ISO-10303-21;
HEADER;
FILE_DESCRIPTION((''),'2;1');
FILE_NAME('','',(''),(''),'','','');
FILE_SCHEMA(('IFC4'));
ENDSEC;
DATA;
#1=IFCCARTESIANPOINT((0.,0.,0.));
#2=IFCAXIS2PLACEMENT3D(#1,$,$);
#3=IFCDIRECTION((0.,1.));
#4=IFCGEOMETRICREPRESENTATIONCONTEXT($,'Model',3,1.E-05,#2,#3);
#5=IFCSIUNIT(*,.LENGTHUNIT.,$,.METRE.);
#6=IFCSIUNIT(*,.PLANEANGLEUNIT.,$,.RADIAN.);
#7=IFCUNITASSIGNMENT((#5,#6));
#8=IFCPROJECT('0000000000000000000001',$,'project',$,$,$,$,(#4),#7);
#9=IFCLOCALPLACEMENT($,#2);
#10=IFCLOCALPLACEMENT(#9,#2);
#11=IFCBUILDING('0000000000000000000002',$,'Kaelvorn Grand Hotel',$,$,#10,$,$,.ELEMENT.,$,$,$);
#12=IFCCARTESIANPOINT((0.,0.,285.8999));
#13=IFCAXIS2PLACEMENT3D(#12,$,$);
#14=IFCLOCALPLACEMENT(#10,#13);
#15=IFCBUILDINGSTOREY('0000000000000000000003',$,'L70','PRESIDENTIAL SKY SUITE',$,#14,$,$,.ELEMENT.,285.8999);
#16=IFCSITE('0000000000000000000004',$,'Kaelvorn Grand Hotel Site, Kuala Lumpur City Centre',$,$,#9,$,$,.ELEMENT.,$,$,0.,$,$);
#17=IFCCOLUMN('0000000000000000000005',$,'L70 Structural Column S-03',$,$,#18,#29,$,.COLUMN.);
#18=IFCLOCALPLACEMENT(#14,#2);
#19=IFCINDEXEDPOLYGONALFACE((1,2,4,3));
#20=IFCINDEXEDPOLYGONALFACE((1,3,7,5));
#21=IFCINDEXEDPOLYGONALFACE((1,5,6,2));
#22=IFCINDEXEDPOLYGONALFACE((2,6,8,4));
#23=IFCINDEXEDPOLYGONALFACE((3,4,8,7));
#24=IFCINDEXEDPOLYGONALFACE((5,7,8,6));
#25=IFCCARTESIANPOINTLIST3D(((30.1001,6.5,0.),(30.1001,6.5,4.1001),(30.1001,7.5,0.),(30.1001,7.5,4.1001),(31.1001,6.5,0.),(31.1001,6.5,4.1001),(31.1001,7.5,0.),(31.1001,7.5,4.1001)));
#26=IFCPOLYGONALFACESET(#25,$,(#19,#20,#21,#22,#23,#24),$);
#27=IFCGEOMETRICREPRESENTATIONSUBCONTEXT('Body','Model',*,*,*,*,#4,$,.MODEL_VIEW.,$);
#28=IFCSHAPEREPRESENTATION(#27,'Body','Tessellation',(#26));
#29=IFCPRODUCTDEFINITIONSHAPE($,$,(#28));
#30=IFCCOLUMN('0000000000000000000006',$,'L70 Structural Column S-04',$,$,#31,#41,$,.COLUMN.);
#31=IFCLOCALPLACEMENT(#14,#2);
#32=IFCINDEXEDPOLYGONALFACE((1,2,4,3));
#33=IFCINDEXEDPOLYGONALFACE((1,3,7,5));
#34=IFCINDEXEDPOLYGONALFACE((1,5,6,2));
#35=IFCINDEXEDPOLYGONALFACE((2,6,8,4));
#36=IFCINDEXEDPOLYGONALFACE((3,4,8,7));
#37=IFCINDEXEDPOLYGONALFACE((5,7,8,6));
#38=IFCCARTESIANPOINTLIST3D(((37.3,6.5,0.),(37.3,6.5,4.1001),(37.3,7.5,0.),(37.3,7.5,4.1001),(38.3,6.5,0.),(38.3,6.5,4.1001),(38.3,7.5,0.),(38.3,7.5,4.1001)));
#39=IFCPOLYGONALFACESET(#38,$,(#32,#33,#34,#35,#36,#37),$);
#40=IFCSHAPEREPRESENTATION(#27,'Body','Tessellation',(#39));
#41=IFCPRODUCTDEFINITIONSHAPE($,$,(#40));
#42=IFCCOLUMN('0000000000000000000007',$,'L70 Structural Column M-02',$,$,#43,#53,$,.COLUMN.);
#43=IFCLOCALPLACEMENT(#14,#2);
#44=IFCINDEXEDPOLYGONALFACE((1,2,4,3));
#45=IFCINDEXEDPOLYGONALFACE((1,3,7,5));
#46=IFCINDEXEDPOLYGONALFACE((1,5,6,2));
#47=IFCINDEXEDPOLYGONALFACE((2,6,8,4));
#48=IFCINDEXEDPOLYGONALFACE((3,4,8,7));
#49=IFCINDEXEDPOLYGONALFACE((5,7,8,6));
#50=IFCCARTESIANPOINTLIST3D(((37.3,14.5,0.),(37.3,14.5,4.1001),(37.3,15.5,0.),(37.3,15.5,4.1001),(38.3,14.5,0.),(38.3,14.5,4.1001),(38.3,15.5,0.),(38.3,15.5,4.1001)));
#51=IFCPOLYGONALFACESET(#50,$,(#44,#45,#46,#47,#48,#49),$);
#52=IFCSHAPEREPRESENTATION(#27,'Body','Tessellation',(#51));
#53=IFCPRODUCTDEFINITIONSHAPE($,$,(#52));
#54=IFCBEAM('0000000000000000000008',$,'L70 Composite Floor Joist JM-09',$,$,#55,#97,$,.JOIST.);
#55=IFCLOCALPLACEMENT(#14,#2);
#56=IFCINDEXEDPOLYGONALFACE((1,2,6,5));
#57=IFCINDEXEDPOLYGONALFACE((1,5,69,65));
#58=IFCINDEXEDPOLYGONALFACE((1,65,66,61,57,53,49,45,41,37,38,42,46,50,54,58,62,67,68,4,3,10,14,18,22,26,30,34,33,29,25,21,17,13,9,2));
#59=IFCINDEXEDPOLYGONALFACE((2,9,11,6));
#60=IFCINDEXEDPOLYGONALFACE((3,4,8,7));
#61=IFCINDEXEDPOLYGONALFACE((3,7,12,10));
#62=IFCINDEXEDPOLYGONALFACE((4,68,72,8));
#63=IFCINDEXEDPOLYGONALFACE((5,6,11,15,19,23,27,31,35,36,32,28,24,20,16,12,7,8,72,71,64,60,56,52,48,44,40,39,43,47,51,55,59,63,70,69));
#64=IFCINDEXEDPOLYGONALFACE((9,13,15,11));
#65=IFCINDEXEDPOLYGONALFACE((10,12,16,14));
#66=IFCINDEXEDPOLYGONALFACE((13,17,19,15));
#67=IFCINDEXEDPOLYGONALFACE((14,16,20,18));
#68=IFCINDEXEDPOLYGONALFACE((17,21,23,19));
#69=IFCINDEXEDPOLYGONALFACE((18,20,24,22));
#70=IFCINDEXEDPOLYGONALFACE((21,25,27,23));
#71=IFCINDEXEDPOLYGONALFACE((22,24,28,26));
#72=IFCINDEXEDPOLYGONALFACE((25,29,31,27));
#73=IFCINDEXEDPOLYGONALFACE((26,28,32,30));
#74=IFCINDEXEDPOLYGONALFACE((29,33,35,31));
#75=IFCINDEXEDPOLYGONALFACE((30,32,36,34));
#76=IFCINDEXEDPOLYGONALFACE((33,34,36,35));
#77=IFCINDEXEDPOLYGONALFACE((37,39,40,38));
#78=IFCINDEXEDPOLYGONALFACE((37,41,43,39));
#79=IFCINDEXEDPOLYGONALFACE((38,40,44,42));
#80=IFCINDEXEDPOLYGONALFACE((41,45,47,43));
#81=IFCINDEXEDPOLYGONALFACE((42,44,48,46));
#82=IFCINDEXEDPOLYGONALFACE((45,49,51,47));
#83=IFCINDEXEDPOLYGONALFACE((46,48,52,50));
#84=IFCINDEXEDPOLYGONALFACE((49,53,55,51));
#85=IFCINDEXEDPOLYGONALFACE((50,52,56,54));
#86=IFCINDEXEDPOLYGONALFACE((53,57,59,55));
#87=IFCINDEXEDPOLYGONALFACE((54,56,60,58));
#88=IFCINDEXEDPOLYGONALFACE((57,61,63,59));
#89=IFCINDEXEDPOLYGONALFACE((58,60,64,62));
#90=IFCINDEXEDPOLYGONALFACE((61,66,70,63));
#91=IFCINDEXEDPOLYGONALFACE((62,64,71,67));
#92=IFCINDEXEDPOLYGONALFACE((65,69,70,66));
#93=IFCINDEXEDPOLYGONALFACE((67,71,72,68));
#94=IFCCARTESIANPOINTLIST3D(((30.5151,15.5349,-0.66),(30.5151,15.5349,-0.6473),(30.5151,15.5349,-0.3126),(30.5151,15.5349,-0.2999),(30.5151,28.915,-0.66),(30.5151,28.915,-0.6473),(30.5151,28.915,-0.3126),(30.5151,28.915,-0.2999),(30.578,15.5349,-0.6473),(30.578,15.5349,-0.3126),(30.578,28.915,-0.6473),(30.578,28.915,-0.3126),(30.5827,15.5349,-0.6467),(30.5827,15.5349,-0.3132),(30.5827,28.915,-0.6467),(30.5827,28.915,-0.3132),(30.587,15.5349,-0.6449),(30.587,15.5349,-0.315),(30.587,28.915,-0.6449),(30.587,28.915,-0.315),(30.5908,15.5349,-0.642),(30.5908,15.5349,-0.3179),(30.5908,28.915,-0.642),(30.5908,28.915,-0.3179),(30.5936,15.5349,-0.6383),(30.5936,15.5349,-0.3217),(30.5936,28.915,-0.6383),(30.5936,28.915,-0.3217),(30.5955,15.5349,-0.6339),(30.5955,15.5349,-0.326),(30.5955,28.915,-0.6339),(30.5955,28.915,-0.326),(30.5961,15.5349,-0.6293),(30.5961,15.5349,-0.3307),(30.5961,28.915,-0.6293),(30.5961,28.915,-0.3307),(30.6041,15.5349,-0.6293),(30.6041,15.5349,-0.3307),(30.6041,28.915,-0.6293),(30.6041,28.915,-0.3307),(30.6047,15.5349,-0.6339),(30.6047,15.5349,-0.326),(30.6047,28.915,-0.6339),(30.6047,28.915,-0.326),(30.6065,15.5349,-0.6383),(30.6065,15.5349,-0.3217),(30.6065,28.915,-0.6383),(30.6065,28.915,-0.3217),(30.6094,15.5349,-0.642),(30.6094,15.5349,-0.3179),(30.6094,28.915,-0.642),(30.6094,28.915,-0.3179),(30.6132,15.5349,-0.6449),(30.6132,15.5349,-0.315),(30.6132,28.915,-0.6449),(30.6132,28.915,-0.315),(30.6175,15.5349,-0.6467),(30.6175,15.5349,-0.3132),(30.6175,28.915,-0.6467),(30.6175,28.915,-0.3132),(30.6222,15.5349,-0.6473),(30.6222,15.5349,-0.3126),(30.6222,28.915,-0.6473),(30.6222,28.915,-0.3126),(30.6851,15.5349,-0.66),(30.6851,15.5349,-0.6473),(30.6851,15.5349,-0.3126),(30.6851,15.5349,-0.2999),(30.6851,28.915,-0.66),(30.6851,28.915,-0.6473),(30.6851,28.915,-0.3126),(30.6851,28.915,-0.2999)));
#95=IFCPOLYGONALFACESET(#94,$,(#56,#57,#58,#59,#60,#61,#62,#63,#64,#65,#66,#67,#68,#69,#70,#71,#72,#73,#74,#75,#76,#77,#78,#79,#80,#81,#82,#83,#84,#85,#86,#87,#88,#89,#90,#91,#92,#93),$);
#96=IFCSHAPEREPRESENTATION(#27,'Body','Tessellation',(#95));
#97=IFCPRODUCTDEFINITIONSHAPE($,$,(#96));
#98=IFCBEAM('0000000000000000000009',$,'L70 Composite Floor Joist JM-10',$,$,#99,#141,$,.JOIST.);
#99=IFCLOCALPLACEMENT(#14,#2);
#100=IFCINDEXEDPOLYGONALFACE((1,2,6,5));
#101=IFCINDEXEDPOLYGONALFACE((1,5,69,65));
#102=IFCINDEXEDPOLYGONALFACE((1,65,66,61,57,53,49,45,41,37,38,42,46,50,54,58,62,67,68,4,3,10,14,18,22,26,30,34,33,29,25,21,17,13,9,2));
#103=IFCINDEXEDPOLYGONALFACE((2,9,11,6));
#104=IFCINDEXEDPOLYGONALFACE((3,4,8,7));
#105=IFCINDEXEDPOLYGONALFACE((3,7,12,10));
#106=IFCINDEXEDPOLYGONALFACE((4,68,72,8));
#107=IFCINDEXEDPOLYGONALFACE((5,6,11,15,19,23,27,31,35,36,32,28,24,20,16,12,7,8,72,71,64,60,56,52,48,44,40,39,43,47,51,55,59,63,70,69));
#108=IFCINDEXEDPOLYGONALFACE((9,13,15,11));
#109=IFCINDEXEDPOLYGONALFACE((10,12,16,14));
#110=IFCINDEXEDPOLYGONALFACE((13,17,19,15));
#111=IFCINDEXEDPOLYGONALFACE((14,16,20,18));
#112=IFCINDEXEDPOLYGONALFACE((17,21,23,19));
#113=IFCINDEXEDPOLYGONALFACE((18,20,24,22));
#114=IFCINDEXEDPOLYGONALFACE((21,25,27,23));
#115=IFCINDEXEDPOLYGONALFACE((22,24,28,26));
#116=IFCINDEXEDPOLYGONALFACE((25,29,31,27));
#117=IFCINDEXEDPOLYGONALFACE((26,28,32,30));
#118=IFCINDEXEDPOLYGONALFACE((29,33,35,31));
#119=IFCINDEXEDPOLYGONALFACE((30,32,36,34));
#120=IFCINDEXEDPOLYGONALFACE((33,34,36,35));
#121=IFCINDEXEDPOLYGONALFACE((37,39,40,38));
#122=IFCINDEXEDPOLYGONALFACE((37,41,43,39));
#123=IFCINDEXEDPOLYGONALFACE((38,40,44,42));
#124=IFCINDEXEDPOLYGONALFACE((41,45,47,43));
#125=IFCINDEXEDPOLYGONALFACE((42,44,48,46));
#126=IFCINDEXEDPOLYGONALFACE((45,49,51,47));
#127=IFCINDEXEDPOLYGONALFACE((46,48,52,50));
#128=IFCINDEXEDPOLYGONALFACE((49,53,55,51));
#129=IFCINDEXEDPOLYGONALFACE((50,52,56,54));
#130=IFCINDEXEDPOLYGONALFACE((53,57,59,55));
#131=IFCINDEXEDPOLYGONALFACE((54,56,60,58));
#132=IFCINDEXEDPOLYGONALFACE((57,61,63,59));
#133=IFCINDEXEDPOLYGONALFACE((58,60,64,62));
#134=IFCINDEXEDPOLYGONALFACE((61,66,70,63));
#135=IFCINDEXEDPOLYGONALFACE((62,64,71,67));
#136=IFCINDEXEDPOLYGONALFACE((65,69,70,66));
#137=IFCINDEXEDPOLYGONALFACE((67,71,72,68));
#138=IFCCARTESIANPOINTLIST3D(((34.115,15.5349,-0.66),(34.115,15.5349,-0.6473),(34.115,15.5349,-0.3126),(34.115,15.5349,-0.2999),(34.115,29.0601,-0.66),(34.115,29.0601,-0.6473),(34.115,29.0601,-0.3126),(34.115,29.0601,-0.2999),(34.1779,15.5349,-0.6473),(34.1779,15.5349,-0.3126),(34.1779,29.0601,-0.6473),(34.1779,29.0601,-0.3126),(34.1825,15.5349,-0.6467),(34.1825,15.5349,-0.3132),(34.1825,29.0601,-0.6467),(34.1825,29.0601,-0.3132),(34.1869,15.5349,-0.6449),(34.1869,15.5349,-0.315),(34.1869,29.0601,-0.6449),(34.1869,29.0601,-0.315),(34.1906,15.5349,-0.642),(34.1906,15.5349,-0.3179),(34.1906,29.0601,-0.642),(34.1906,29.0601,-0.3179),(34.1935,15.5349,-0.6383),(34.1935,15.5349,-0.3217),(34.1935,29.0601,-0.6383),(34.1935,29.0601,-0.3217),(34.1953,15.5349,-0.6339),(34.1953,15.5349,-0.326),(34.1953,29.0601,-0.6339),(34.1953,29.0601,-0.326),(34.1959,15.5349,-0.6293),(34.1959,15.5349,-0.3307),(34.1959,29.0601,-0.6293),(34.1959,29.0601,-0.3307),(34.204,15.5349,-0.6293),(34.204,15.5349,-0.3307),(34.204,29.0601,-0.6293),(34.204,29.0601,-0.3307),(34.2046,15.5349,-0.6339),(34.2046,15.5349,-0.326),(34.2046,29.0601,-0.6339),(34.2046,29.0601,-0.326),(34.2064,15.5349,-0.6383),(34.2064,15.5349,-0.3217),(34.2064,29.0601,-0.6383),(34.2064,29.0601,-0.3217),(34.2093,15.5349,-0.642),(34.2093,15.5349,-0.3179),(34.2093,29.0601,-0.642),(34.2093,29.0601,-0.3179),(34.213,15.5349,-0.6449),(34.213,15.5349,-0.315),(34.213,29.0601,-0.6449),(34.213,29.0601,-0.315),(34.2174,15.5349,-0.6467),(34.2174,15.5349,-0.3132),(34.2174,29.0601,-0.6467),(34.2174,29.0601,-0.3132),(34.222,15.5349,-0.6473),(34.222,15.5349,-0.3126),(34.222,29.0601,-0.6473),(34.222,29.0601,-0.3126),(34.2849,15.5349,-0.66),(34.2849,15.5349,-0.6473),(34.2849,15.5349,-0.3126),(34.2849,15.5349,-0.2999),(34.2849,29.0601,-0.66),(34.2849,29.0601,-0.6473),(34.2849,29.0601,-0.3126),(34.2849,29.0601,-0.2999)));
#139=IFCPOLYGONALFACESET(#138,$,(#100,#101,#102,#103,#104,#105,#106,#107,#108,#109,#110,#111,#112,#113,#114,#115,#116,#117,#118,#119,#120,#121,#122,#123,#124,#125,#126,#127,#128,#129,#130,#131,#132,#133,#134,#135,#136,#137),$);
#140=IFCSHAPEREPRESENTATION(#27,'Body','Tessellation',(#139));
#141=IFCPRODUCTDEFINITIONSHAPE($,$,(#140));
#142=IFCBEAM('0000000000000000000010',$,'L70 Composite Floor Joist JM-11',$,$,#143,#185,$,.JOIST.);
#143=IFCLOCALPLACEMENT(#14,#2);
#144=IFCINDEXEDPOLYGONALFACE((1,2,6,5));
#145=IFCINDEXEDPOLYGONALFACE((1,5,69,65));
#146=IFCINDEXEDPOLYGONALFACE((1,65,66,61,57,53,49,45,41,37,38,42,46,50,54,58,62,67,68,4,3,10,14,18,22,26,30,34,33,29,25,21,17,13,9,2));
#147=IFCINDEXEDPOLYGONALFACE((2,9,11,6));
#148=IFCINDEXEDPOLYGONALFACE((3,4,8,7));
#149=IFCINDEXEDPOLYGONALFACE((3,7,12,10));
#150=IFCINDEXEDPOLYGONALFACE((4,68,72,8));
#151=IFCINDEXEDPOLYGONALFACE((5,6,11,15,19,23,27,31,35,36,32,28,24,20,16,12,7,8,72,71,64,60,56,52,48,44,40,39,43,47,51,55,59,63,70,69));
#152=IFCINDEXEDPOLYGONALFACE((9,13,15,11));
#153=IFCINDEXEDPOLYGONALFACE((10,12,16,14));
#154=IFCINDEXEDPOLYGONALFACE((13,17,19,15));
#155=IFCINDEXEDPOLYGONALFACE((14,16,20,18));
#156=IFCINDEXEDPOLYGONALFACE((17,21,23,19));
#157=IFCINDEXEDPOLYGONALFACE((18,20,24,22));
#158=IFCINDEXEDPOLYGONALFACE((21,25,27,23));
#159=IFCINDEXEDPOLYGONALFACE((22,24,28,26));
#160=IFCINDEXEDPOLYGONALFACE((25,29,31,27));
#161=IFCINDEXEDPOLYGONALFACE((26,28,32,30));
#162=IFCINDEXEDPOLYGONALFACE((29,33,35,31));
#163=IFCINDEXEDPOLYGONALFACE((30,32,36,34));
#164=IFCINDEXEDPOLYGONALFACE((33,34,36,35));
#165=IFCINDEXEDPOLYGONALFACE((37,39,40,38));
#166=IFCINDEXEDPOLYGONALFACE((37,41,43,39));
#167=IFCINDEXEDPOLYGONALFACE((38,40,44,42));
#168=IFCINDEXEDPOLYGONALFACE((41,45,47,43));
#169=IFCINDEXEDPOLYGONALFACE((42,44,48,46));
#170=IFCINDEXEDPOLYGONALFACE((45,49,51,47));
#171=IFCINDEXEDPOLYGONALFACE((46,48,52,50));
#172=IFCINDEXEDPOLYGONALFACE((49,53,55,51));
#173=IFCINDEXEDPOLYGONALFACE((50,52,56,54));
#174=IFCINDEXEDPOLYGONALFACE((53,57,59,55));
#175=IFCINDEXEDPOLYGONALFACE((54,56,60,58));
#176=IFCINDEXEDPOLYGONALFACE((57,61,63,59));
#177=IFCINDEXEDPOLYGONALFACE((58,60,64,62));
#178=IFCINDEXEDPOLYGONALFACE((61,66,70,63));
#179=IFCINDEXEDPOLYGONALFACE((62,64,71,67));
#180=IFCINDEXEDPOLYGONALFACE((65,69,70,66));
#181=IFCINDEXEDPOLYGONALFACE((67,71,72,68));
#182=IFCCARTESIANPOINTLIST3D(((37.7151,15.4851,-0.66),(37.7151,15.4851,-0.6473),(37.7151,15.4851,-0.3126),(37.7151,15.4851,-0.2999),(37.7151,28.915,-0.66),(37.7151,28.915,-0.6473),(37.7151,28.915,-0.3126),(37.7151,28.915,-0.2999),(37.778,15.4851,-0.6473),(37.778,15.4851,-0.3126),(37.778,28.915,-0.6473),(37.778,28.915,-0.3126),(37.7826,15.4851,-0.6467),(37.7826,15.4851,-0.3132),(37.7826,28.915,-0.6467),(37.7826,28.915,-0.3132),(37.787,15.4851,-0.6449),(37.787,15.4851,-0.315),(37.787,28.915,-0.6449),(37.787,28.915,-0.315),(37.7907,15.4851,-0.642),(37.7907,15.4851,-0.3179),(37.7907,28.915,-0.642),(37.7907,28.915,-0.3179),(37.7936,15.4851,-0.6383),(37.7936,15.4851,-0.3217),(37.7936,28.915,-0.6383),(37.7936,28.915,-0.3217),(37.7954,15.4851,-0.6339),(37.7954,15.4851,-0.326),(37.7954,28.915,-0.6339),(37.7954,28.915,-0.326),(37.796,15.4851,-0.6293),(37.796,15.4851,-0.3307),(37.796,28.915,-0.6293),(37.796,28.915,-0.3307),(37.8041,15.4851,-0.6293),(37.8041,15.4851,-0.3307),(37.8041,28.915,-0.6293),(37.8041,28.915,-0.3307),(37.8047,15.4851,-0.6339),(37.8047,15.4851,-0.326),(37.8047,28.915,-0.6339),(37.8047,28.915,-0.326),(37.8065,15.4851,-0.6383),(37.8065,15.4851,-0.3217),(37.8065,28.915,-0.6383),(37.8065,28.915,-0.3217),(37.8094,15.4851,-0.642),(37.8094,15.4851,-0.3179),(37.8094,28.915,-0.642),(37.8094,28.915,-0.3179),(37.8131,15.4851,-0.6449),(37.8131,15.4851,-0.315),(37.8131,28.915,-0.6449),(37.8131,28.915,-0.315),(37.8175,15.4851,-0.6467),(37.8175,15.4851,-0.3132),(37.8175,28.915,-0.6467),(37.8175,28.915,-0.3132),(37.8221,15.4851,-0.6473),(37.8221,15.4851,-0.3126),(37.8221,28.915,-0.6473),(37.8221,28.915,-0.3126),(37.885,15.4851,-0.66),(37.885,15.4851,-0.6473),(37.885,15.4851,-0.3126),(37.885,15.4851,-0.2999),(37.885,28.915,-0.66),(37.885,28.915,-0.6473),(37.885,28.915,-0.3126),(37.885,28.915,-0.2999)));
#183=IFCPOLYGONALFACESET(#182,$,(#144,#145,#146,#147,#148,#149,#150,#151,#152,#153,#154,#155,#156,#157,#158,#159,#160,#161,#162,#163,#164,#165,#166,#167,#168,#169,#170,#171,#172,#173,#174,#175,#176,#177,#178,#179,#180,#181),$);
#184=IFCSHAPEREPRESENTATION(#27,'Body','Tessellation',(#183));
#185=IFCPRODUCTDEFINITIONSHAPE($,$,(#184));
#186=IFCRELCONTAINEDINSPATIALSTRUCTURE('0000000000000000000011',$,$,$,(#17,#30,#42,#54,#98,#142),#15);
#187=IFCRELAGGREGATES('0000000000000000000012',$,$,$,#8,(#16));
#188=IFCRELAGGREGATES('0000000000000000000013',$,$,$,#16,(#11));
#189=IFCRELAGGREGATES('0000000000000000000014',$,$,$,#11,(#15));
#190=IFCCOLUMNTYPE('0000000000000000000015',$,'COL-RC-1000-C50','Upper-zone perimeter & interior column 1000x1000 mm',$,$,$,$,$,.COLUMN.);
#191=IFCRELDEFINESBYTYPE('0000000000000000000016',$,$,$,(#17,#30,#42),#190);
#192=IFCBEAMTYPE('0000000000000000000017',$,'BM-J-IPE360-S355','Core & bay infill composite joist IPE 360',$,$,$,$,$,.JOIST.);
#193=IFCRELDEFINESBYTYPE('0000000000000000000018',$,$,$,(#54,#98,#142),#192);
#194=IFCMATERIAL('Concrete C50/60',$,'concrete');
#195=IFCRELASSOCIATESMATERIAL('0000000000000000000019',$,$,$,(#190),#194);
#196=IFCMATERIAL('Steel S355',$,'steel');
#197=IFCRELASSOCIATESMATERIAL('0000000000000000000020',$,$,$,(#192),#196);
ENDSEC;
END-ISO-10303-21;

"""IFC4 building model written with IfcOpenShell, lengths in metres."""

from ifc_helpers import new_model, si_unit, direction, frame, origin, origin_2d, place, context, subcontext, project, spatial, rectangle, i_section, extrude, material, material_profile, profile_set, type_object, element, save


model = new_model("IFC4")

# Units and contexts
model_context = context("Model", 3, precision=1e-05, world=origin(), true_north=direction((0.0, 1.0)))
body_context = subcontext(model_context, "Body", "Model", "MODEL_VIEW")
ifc_project = project(units=[si_unit("LENGTHUNIT", "METRE"), si_unit("PLANEANGLEUNIT", "RADIAN")], contexts=[model_context])

# Site, building, storey
site_placement = place(None, origin())
site = spatial("IfcSite", under=ifc_project, at=site_placement, Name="Kaelvorn Grand Hotel Site, Kuala Lumpur City Centre", CompositionType="ELEMENT", RefElevation=0.0)
building_placement = place(site_placement, origin())
building = spatial("IfcBuilding", under=site, at=building_placement, Name="Kaelvorn Grand Hotel", CompositionType="ELEMENT")
storey_placement = place(building_placement, frame((0.0, 0.0, 285.8999)))
storey = spatial("IfcBuildingStorey", under=building, at=storey_placement, Name="L70", Description="PRESIDENTIAL SKY SUITE", CompositionType="ELEMENT", Elevation=285.8999)

# Columns
ifc_material_1 = material(Name="Concrete C50/60", Category="concrete")
ifc_material_profile_1 = material_profile(ifc_material_1, rectangle(XDim=1.0, YDim=1.0, at=origin_2d()), Name="RC COL 1000x1000")
ifc_profile_set_1 = profile_set([ifc_material_profile_1], Name="Concrete C50/60")
column_type = type_object("IfcColumnType", Name="COL-RC-1000-C50", Description="Upper-zone perimeter & interior column 1000x1000 mm", PredefinedType="COLUMN", material=ifc_profile_set_1)
for number, where, z_axis, x_axis, name in (
    (1, (30.6001, 7.0, 0.0), (0.0, 0.0, 1.0), (1.0, 0.0, 0.0), "L70 Structural Column S-03"),
    (2, (37.8, 7.0, 0.0), (0.0, 0.0, 1.0), (1.0, 0.0, 0.0), "L70 Structural Column S-04"),
    (3, (37.8, 15.0, 0.0), (0.0, 0.0, 1.0), (1.0, 0.0, 0.0), "L70 Structural Column M-02"),
):
    element("IfcColumn", number, at=place(storey_placement, frame(where, z_axis=z_axis, x_axis=x_axis)), inside=storey, type_object=column_type, Name=name, PredefinedType="COLUMN", context=body_context, shape_type="SweptSolid", body=[
        extrude(rectangle(XDim=1.0, YDim=1.0, at=origin_2d()), origin(), (0.0, 0.0, 1.0), 4.1001),
    ])

# Beams
ifc_material_2 = material(Name="Steel S355", Category="steel")
ifc_material_profile_2 = material_profile(ifc_material_2, i_section(OverallWidth=0.1699, OverallDepth=0.3601, WebThickness=0.0081, FlangeThickness=0.0127, FilletRadius=0.0181, at=origin_2d()), Name="IPE 360")
ifc_profile_set_2 = profile_set([ifc_material_profile_2], Name="Steel S355")
beam_type_1 = type_object("IfcBeamType", Name="BM-J-IPE360-S355", Description="Core & bay infill composite joist IPE 360", PredefinedType="JOIST", material=ifc_profile_set_2)
beam_1_placement = place(storey_placement, frame((30.6001, 15.5349, -0.48), z_axis=(0.0, 1.0, 0.0), x_axis=(-1.0, 0.0, 0.0)))
element("IfcBeam", 4, at=beam_1_placement, inside=storey, type_object=beam_type_1, Name="L70 Composite Floor Joist JM-09", PredefinedType="JOIST", context=body_context, shape_type="SweptSolid", body=[
    extrude(i_section(OverallWidth=0.1699, OverallDepth=0.3601, WebThickness=0.0081, FlangeThickness=0.0127, FilletRadius=0.0181, at=origin_2d()), origin(), (0.0, 0.0, 1.0), 13.3801),
])
beam_2_placement = place(storey_placement, frame((34.2, 15.5349, -0.48), z_axis=(0.0, 1.0, 0.0), x_axis=(-1.0, 0.0, 0.0)))
element("IfcBeam", 5, at=beam_2_placement, inside=storey, type_object=beam_type_1, Name="L70 Composite Floor Joist JM-10", PredefinedType="JOIST", context=body_context, shape_type="SweptSolid", body=[
    extrude(i_section(OverallWidth=0.1699, OverallDepth=0.3601, WebThickness=0.0081, FlangeThickness=0.0127, FilletRadius=0.0181, at=origin_2d()), origin(), (0.0, 0.0, 1.0), 13.5251),
])
beam_3_placement = place(storey_placement, frame((37.8, 15.4851, -0.48), z_axis=(0.0, 1.0, 0.0), x_axis=(-1.0, 0.0, 0.0)))
element("IfcBeam", 6, at=beam_3_placement, inside=storey, type_object=beam_type_1, Name="L70 Composite Floor Joist JM-11", PredefinedType="JOIST", context=body_context, shape_type="SweptSolid", body=[
    extrude(i_section(OverallWidth=0.1699, OverallDepth=0.3601, WebThickness=0.0081, FlangeThickness=0.0127, FilletRadius=0.0181, at=origin_2d()), origin(), (0.0, 0.0, 1.0), 13.4299),
])

save(model, "model.ifc")
